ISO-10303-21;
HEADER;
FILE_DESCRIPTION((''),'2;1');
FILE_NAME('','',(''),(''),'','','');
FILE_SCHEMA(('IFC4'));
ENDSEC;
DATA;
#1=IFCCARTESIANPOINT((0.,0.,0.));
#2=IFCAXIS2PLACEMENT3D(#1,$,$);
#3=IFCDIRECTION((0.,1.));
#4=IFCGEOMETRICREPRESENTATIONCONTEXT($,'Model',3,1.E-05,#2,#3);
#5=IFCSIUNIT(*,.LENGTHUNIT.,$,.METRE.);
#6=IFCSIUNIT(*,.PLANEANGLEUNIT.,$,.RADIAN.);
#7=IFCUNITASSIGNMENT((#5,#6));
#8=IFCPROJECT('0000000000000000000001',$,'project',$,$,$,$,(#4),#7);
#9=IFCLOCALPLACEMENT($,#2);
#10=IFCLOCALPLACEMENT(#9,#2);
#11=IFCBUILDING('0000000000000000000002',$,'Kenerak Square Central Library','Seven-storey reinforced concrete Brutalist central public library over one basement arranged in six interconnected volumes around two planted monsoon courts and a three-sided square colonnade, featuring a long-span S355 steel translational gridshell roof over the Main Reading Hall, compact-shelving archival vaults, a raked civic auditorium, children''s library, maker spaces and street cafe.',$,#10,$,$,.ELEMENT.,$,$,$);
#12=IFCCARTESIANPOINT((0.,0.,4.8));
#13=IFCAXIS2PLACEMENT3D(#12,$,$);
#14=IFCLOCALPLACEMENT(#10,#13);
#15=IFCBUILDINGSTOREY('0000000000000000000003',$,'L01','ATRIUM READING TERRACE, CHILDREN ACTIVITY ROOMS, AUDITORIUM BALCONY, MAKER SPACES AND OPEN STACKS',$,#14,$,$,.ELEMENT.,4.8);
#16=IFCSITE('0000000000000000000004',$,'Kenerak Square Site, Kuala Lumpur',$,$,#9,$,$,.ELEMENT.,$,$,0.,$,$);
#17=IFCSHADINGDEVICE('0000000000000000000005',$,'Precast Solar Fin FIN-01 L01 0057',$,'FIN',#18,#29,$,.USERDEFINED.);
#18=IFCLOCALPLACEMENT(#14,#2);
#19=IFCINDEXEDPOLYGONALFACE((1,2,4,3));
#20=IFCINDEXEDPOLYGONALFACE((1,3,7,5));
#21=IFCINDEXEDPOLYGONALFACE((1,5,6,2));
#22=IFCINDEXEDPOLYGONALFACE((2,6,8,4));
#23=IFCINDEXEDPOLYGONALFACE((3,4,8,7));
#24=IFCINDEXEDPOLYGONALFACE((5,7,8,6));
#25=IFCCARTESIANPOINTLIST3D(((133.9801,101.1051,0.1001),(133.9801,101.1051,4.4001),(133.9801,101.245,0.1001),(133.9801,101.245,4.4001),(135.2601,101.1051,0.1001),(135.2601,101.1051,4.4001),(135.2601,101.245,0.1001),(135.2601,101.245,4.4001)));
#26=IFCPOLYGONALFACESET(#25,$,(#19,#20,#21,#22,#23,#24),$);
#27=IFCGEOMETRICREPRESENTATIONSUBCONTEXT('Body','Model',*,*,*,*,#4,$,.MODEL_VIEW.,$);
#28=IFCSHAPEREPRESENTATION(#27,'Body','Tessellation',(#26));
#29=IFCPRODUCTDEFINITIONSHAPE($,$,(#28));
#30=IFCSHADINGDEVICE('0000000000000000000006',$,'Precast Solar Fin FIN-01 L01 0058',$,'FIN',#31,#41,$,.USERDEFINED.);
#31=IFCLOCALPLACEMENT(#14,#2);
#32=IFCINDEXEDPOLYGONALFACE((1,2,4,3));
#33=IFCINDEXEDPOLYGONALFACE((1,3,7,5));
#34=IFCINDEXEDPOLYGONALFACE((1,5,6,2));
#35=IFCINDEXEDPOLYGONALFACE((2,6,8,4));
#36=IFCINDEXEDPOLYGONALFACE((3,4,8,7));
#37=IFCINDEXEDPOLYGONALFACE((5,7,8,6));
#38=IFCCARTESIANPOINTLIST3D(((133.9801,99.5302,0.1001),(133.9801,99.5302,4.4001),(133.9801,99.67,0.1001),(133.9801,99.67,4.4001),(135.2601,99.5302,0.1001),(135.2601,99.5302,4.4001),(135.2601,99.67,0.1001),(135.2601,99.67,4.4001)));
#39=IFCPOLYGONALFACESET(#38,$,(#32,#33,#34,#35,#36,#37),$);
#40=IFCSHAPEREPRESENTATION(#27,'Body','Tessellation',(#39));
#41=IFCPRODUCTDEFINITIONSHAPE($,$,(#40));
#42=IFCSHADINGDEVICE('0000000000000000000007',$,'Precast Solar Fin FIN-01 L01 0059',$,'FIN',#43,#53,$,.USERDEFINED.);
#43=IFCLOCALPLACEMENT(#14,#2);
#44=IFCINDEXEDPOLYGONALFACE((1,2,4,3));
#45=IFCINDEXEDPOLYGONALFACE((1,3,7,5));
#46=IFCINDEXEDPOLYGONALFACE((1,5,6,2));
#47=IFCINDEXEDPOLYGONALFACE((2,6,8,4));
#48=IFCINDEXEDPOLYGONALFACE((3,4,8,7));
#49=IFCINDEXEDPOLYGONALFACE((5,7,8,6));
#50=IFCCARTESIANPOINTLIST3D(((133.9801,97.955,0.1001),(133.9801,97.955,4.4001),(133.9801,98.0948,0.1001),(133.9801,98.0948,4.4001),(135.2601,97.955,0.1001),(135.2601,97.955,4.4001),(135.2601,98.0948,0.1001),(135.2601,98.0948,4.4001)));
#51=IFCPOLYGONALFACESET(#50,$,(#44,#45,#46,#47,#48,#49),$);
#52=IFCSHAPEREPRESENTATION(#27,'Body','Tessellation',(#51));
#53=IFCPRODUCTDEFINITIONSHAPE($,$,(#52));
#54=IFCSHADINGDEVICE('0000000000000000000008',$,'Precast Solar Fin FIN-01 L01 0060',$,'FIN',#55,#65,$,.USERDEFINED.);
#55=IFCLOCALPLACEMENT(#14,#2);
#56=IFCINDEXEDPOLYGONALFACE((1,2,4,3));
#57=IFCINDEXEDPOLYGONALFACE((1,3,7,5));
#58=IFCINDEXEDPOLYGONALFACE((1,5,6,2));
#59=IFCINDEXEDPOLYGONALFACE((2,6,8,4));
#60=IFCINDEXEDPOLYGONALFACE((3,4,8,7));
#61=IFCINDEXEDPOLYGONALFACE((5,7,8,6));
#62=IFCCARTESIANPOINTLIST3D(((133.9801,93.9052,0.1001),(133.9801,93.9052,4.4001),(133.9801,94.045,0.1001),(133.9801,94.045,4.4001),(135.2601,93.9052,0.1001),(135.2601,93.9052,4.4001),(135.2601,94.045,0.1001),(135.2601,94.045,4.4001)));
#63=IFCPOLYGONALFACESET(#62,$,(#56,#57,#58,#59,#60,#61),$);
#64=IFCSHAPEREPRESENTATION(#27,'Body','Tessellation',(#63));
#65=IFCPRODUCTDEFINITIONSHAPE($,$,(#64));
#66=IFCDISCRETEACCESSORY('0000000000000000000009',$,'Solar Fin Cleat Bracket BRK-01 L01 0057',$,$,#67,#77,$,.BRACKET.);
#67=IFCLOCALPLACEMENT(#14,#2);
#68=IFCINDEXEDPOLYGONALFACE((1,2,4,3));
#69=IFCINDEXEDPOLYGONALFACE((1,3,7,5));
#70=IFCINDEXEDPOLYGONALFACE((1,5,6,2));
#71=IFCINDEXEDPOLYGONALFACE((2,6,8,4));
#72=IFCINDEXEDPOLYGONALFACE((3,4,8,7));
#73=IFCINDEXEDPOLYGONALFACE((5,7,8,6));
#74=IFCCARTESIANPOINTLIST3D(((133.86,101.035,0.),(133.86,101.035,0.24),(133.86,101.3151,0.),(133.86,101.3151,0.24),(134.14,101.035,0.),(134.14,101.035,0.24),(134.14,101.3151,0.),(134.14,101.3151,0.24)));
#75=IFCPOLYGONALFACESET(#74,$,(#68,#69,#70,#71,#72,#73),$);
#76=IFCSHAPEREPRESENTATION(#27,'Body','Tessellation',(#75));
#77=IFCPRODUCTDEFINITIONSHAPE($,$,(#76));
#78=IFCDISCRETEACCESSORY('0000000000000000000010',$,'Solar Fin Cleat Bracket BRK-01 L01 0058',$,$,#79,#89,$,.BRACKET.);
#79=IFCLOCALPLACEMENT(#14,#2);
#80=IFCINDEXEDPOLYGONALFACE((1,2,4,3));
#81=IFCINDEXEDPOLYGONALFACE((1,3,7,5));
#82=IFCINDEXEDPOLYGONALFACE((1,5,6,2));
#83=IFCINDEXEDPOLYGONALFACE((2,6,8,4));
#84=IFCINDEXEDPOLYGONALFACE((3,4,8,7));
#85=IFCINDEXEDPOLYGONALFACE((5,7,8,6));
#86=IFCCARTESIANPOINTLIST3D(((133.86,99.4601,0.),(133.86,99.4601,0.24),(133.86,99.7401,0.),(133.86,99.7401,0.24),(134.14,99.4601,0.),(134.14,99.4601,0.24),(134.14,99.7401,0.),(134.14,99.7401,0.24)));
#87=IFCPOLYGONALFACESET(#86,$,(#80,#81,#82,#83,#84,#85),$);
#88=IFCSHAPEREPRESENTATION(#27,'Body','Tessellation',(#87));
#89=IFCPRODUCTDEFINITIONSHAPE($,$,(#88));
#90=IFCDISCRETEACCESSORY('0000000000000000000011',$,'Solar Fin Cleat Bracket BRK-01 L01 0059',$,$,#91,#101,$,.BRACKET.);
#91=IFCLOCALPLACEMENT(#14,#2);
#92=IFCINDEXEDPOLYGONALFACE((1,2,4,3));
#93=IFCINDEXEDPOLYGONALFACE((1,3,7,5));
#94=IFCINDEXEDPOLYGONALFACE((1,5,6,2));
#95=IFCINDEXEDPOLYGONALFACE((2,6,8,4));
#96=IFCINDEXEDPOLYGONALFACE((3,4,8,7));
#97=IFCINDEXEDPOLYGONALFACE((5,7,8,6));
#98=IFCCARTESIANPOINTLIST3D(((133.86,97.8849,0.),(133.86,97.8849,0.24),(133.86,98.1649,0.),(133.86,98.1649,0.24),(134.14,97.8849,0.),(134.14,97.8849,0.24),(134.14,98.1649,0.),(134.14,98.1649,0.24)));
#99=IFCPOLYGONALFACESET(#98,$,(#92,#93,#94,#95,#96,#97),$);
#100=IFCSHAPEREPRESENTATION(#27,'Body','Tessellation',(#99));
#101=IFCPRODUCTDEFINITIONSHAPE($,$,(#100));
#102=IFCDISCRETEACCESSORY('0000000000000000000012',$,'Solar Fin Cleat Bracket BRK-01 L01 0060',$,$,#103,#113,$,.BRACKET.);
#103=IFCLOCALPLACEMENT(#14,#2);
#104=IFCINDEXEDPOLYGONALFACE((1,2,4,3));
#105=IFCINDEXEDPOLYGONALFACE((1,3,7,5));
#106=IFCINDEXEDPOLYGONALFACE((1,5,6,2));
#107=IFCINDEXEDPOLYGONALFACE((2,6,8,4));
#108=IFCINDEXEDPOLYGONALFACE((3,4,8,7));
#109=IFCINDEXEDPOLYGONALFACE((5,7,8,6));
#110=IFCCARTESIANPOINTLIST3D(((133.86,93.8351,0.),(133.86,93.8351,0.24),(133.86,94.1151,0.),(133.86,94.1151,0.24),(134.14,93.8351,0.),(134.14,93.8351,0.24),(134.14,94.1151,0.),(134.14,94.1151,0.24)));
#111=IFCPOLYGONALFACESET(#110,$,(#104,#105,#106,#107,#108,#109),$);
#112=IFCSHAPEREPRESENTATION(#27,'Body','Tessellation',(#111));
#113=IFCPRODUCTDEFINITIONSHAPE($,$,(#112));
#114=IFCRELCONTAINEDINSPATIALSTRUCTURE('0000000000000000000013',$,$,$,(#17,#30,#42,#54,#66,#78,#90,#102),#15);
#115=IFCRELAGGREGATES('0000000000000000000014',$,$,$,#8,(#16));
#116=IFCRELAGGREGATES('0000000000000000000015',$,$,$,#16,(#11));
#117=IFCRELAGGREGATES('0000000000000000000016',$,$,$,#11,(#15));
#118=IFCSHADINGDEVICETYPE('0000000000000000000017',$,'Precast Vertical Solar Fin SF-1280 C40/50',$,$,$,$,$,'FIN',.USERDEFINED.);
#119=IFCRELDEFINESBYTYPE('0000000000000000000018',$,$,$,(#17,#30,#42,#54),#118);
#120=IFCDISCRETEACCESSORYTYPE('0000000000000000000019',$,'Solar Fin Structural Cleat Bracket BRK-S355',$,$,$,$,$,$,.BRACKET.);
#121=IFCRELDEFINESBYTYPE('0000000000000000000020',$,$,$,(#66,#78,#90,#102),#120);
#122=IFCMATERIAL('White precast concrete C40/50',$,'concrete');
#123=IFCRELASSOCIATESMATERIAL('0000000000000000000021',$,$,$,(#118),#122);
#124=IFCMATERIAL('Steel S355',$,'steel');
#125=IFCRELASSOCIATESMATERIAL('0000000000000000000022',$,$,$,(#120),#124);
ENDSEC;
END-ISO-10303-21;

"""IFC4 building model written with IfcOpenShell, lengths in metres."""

from ifc_helpers import new_model, si_unit, direction, frame, origin, origin_2d, place, context, subcontext, project, spatial, rectangle, extrude, material, type_object, element, save


model = new_model("IFC4")

# Units and contexts
model_context = context("Model", 3, precision=1e-05, world=origin(), true_north=direction((0.0, 1.0)))
body_context = subcontext(model_context, "Body", "Model", "MODEL_VIEW")
ifc_project = project(units=[si_unit("LENGTHUNIT", "METRE"), si_unit("PLANEANGLEUNIT", "RADIAN")], contexts=[model_context])

# Site, building, storey
site_placement = place(None, origin())
site = spatial("IfcSite", under=ifc_project, at=site_placement, Name="Kenerak Square Site, Kuala Lumpur", CompositionType="ELEMENT", RefElevation=0.0)
building_placement = place(site_placement, origin())
building = spatial("IfcBuilding", under=site, at=building_placement, Name="Kenerak Square Central Library", Description="Seven-storey reinforced concrete Brutalist central public library over one basement arranged in six interconnected volumes around two planted monsoon courts and a three-sided square colonnade, featuring a long-span S355 steel translational gridshell roof over the Main Reading Hall, compact-shelving archival vaults, a raked civic auditorium, children's library, maker spaces and street cafe.", CompositionType="ELEMENT")
storey_placement = place(building_placement, frame((0.0, 0.0, 4.8)))
storey = spatial("IfcBuildingStorey", under=building, at=storey_placement, Name="L01", Description="ATRIUM READING TERRACE, CHILDREN ACTIVITY ROOMS, AUDITORIUM BALCONY, MAKER SPACES AND OPEN STACKS", CompositionType="ELEMENT", Elevation=4.8)

# Shading devices
ifc_material_1 = material(Name="White precast concrete C40/50", Category="concrete")
shading_device_type = type_object("IfcShadingDeviceType", Name="Precast Vertical Solar Fin SF-1280 C40/50", ElementType="FIN", PredefinedType="USERDEFINED", material=ifc_material_1)
for number, where, z_axis, x_axis, name in (
    (1, (134.6201, 101.175, 0.1001), (0.0, 0.0, 1.0), (0.0, -1.0, 0.0), "Precast Solar Fin FIN-01 L01 0057"),
    (2, (134.6201, 99.6001, 0.1001), (0.0, 0.0, 1.0), (0.0, -1.0, 0.0), "Precast Solar Fin FIN-01 L01 0058"),
    (3, (134.6201, 98.0249, 0.1001), (0.0, 0.0, 1.0), (0.0, -1.0, 0.0), "Precast Solar Fin FIN-01 L01 0059"),
    (4, (134.6201, 93.9751, 0.1001), (0.0, 0.0, 1.0), (0.0, -1.0, 0.0), "Precast Solar Fin FIN-01 L01 0060"),
):
    element("IfcShadingDevice", number, at=place(storey_placement, frame(where, z_axis=z_axis, x_axis=x_axis)), inside=storey, type_object=shading_device_type, Name=name, ObjectType="FIN", PredefinedType="USERDEFINED", context=body_context, shape_type="SweptSolid", body=[
        extrude(rectangle(XDim=0.1399, YDim=1.28, at=origin_2d()), origin(), (0.0, 0.0, 1.0), 4.3),
    ])

# Discrete accessories
ifc_material_2 = material(Name="Steel S355", Category="steel")
discrete_accessory_type = type_object("IfcDiscreteAccessoryType", Name="Solar Fin Structural Cleat Bracket BRK-S355", PredefinedType="BRACKET", material=ifc_material_2)
for number, where, z_axis, x_axis, name in (
    (5, (134.0, 101.175, 0.0), (0.0, 0.0, 1.0), (0.0, -1.0, 0.0), "Solar Fin Cleat Bracket BRK-01 L01 0057"),
    (6, (134.0, 99.6001, 0.0), (0.0, 0.0, 1.0), (0.0, -1.0, 0.0), "Solar Fin Cleat Bracket BRK-01 L01 0058"),
    (7, (134.0, 98.0249, 0.0), (0.0, 0.0, 1.0), (0.0, -1.0, 0.0), "Solar Fin Cleat Bracket BRK-01 L01 0059"),
    (8, (134.0, 93.9751, 0.0), (0.0, 0.0, 1.0), (0.0, -1.0, 0.0), "Solar Fin Cleat Bracket BRK-01 L01 0060"),
):
    element("IfcDiscreteAccessory", number, at=place(storey_placement, frame(where, z_axis=z_axis, x_axis=x_axis)), inside=storey, type_object=discrete_accessory_type, Name=name, PredefinedType="BRACKET", context=body_context, shape_type="SweptSolid", body=[
        extrude(rectangle(XDim=0.28, YDim=0.28, at=origin_2d()), origin(), (0.0, 0.0, 1.0), 0.24),
    ])

save(model, "model.ifc")
